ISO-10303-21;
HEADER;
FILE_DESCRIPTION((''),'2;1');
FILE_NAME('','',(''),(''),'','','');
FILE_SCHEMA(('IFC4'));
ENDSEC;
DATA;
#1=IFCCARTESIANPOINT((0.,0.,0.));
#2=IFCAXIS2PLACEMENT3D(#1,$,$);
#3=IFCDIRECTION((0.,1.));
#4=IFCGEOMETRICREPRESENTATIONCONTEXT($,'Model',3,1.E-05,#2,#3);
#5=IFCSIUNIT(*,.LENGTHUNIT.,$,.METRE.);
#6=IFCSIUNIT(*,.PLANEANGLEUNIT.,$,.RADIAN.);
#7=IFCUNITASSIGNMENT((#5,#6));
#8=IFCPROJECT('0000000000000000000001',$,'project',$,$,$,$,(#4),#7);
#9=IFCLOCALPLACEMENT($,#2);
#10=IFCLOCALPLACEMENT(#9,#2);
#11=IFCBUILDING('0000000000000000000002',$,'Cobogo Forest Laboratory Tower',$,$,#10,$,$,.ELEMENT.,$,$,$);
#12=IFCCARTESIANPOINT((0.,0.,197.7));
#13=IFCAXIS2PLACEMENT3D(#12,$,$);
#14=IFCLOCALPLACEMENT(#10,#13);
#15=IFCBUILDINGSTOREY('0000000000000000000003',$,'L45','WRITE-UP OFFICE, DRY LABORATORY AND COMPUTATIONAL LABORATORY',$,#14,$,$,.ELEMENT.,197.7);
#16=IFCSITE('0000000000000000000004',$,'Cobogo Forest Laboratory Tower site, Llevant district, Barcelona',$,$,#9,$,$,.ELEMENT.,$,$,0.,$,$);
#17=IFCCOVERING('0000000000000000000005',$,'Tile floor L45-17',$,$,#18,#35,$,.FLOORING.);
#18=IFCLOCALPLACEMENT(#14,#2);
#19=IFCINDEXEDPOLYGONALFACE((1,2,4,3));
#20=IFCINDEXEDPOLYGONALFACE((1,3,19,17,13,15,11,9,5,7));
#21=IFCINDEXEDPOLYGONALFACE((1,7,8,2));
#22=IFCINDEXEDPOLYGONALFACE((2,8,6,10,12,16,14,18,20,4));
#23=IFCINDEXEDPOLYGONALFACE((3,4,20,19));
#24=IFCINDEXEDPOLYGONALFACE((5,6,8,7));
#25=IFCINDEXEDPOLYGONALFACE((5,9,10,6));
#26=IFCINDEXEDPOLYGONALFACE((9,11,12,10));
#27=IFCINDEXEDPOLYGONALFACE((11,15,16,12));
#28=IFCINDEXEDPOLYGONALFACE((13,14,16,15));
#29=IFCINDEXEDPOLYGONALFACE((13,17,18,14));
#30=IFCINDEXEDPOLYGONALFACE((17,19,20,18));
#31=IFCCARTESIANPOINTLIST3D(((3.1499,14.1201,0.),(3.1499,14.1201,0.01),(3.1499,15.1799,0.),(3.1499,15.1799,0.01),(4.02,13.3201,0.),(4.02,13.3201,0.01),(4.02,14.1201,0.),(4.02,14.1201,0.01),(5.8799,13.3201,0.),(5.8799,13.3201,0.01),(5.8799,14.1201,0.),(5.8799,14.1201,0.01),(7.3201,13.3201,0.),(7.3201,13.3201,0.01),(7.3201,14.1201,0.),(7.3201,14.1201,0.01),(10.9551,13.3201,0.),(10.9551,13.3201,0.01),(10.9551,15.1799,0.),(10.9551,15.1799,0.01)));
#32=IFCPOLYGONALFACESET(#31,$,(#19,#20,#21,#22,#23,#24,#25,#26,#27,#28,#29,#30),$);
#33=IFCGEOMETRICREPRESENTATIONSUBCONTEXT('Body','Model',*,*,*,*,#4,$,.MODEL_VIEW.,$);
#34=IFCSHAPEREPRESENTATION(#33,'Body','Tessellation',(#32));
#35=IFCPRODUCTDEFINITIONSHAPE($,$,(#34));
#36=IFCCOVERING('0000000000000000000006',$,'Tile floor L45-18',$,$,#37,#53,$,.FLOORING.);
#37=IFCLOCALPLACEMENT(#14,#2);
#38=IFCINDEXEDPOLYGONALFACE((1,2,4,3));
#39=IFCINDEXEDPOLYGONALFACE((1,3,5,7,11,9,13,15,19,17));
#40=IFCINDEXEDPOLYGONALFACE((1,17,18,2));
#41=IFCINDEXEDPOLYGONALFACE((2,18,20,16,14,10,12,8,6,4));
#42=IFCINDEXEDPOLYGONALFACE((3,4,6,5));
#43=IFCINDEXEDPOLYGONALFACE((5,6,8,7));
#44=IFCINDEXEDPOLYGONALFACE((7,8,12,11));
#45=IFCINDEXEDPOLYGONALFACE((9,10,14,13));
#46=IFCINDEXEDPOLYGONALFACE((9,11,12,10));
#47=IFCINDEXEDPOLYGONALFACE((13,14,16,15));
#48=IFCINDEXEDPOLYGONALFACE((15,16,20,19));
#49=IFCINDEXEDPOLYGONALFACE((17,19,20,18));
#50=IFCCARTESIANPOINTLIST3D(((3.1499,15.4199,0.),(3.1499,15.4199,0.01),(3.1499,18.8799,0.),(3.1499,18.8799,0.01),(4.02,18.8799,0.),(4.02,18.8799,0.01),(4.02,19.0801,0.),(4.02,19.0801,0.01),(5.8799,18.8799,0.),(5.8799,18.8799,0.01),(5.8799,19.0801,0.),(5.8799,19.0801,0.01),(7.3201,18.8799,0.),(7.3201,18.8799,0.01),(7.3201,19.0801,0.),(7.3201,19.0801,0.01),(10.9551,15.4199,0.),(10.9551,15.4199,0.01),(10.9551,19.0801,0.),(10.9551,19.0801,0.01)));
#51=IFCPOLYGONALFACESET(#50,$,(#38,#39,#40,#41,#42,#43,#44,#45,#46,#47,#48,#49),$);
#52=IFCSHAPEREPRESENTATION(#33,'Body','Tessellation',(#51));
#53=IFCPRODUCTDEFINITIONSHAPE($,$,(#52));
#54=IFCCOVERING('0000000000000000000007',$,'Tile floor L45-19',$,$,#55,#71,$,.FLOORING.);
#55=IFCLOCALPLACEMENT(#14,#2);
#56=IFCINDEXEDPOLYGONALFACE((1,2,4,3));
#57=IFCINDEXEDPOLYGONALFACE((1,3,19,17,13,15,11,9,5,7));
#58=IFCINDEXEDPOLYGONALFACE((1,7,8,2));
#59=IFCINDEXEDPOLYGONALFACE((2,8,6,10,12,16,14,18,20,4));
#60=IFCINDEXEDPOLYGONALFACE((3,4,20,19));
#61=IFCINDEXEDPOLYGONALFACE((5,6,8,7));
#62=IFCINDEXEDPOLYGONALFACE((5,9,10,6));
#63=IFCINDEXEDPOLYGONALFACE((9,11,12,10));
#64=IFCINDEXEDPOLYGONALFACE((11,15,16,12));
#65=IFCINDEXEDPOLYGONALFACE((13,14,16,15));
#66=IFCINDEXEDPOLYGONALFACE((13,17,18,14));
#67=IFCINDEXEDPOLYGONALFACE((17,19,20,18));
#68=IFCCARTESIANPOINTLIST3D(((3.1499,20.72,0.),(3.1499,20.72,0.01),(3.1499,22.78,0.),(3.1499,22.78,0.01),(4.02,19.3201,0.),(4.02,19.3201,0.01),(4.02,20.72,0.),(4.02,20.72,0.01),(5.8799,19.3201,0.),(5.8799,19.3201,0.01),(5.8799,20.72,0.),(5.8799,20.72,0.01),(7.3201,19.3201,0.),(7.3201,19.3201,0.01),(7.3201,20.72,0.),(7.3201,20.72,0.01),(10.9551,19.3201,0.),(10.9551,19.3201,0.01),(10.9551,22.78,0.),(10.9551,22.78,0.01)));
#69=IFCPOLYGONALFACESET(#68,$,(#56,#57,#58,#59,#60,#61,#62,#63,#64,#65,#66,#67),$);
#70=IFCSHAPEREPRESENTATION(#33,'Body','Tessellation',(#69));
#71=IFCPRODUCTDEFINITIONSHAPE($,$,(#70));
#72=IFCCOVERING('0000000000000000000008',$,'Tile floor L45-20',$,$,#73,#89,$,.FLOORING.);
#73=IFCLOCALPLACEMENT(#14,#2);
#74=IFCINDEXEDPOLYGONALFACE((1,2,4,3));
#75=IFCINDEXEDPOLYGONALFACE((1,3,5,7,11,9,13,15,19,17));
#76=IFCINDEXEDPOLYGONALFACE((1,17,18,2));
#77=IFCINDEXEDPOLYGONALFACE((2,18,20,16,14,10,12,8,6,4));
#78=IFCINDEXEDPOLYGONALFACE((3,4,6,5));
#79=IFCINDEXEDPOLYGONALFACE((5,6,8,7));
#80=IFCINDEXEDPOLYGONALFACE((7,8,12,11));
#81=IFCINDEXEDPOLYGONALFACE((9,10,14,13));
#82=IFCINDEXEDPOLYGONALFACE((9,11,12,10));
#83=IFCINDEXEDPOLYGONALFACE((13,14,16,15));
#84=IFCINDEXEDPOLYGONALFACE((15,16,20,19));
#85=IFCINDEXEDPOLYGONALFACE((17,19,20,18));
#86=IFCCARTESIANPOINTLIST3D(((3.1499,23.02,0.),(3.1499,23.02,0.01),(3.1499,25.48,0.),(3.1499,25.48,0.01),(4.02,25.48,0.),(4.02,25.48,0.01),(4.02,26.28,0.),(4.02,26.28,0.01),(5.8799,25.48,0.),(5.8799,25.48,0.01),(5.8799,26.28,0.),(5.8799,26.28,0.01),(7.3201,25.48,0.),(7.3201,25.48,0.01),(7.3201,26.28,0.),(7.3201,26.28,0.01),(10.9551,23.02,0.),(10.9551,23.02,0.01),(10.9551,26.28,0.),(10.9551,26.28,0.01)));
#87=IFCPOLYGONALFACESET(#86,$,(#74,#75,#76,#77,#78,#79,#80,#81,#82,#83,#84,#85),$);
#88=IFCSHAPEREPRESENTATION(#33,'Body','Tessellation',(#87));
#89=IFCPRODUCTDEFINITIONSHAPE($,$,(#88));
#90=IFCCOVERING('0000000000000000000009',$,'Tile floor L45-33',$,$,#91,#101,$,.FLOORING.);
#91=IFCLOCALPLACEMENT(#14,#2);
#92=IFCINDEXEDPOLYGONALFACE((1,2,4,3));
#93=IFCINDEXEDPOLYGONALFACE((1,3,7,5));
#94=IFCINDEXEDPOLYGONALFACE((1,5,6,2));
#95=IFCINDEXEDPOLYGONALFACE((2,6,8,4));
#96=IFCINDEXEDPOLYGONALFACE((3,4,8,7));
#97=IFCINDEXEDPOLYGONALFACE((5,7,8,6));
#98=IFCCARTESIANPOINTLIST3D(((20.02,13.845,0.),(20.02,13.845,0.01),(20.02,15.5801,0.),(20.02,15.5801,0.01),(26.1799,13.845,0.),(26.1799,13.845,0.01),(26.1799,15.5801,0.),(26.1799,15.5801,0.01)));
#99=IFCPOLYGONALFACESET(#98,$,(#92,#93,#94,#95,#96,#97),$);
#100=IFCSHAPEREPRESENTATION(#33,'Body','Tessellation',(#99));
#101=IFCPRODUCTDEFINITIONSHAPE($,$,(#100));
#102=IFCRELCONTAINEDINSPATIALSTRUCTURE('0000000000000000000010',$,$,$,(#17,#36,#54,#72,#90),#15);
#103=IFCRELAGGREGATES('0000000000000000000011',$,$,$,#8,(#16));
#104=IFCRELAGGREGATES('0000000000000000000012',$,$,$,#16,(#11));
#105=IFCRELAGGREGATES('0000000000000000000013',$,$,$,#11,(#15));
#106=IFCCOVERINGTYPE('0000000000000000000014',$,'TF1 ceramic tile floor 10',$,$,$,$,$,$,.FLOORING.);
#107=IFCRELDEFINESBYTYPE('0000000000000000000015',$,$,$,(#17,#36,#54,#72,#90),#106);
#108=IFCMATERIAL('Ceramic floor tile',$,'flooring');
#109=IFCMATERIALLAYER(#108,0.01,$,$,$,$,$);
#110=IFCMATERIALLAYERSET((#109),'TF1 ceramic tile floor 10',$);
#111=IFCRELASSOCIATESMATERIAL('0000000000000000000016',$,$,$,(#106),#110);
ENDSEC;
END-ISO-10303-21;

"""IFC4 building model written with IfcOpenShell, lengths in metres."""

from ifc_helpers import new_model, si_unit, direction, frame, origin, place, context, subcontext, project, spatial, polyline, outline, extrude, material, layer, layer_set, type_object, element, save


model = new_model("IFC4")

# Units and contexts
model_context = context("Model", 3, precision=1e-05, world=origin(), true_north=direction((0.0, 1.0)))
body_context = subcontext(model_context, "Body", "Model", "MODEL_VIEW")
ifc_project = project(units=[si_unit("LENGTHUNIT", "METRE"), si_unit("PLANEANGLEUNIT", "RADIAN")], contexts=[model_context])

# Site, building, storey
site_placement = place(None, origin())
site = spatial("IfcSite", under=ifc_project, at=site_placement, Name="Cobogo Forest Laboratory Tower site, Llevant district, Barcelona", CompositionType="ELEMENT", RefElevation=0.0)
building_placement = place(site_placement, origin())
building = spatial("IfcBuilding", under=site, at=building_placement, Name="Cobogo Forest Laboratory Tower", CompositionType="ELEMENT")
storey_placement = place(building_placement, frame((0.0, 0.0, 197.7)))
storey = spatial("IfcBuildingStorey", under=building, at=storey_placement, Name="L45", Description="WRITE-UP OFFICE, DRY LABORATORY AND COMPUTATIONAL LABORATORY", CompositionType="ELEMENT", Elevation=197.7)

# Coverings
ifc_material_1 = material(Name="Ceramic floor tile", Category="flooring")
ifc_layer_1 = layer(ifc_material_1, 0.01)
ifc_layer_set_1 = layer_set([ifc_layer_1], Name="TF1 ceramic tile floor 10")
covering_type_1 = type_object("IfcCoveringType", Name="TF1 ceramic tile floor 10", PredefinedType="FLOORING", material=ifc_layer_set_1)
covering_1_placement = place(storey_placement, origin())
element("IfcCovering", 1, at=covering_1_placement, inside=storey, type_object=covering_type_1, Name="Tile floor L45-17", PredefinedType="FLOORING", context=body_context, shape_type="SweptSolid", body=[
    extrude(outline(polyline([(10.9551, 13.3201), (7.3201, 13.3201), (7.3201, 14.1201), (5.8799, 14.1201), (5.8799, 13.3201), (4.02, 13.3201), (4.02, 14.1201), (3.1499, 14.1201), (3.1499, 15.1799), (10.9551, 15.1799), (10.9551, 13.3201)])), origin(), (0.0, 0.0, 1.0), 0.01),
])
covering_2_placement = place(storey_placement, origin())
element("IfcCovering", 2, at=covering_2_placement, inside=storey, type_object=covering_type_1, Name="Tile floor L45-18", PredefinedType="FLOORING", context=body_context, shape_type="SweptSolid", body=[
    extrude(outline(polyline([(10.9551, 15.4199), (3.1499, 15.4199), (3.1499, 18.8799), (4.02, 18.8799), (4.02, 19.0801), (5.8799, 19.0801), (5.8799, 18.8799), (7.3201, 18.8799), (7.3201, 19.0801), (10.9551, 19.0801), (10.9551, 15.4199)])), origin(), (0.0, 0.0, 1.0), 0.01),
])
covering_3_placement = place(storey_placement, origin())
element("IfcCovering", 3, at=covering_3_placement, inside=storey, type_object=covering_type_1, Name="Tile floor L45-19", PredefinedType="FLOORING", context=body_context, shape_type="SweptSolid", body=[
    extrude(outline(polyline([(10.9551, 19.3201), (7.3201, 19.3201), (7.3201, 20.72), (5.8799, 20.72), (5.8799, 19.3201), (4.02, 19.3201), (4.02, 20.72), (3.1499, 20.72), (3.1499, 22.78), (10.9551, 22.78), (10.9551, 19.3201)])), origin(), (0.0, 0.0, 1.0), 0.01),
])
covering_4_placement = place(storey_placement, origin())
element("IfcCovering", 4, at=covering_4_placement, inside=storey, type_object=covering_type_1, Name="Tile floor L45-20", PredefinedType="FLOORING", context=body_context, shape_type="SweptSolid", body=[
    extrude(outline(polyline([(10.9551, 23.02), (3.1499, 23.02), (3.1499, 25.48), (4.02, 25.48), (4.02, 26.28), (5.8799, 26.28), (5.8799, 25.48), (7.3201, 25.48), (7.3201, 26.28), (10.9551, 26.28), (10.9551, 23.02)])), origin(), (0.0, 0.0, 1.0), 0.01),
])
covering_5_placement = place(storey_placement, origin())
element("IfcCovering", 5, at=covering_5_placement, inside=storey, type_object=covering_type_1, Name="Tile floor L45-33", PredefinedType="FLOORING", context=body_context, shape_type="SweptSolid", body=[
    extrude(outline(polyline([(26.1799, 13.845), (20.02, 13.845), (20.02, 15.5801), (26.1799, 15.5801), (26.1799, 13.845)])), origin(), (0.0, 0.0, 1.0), 0.01),
])

save(model, "model.ifc")
